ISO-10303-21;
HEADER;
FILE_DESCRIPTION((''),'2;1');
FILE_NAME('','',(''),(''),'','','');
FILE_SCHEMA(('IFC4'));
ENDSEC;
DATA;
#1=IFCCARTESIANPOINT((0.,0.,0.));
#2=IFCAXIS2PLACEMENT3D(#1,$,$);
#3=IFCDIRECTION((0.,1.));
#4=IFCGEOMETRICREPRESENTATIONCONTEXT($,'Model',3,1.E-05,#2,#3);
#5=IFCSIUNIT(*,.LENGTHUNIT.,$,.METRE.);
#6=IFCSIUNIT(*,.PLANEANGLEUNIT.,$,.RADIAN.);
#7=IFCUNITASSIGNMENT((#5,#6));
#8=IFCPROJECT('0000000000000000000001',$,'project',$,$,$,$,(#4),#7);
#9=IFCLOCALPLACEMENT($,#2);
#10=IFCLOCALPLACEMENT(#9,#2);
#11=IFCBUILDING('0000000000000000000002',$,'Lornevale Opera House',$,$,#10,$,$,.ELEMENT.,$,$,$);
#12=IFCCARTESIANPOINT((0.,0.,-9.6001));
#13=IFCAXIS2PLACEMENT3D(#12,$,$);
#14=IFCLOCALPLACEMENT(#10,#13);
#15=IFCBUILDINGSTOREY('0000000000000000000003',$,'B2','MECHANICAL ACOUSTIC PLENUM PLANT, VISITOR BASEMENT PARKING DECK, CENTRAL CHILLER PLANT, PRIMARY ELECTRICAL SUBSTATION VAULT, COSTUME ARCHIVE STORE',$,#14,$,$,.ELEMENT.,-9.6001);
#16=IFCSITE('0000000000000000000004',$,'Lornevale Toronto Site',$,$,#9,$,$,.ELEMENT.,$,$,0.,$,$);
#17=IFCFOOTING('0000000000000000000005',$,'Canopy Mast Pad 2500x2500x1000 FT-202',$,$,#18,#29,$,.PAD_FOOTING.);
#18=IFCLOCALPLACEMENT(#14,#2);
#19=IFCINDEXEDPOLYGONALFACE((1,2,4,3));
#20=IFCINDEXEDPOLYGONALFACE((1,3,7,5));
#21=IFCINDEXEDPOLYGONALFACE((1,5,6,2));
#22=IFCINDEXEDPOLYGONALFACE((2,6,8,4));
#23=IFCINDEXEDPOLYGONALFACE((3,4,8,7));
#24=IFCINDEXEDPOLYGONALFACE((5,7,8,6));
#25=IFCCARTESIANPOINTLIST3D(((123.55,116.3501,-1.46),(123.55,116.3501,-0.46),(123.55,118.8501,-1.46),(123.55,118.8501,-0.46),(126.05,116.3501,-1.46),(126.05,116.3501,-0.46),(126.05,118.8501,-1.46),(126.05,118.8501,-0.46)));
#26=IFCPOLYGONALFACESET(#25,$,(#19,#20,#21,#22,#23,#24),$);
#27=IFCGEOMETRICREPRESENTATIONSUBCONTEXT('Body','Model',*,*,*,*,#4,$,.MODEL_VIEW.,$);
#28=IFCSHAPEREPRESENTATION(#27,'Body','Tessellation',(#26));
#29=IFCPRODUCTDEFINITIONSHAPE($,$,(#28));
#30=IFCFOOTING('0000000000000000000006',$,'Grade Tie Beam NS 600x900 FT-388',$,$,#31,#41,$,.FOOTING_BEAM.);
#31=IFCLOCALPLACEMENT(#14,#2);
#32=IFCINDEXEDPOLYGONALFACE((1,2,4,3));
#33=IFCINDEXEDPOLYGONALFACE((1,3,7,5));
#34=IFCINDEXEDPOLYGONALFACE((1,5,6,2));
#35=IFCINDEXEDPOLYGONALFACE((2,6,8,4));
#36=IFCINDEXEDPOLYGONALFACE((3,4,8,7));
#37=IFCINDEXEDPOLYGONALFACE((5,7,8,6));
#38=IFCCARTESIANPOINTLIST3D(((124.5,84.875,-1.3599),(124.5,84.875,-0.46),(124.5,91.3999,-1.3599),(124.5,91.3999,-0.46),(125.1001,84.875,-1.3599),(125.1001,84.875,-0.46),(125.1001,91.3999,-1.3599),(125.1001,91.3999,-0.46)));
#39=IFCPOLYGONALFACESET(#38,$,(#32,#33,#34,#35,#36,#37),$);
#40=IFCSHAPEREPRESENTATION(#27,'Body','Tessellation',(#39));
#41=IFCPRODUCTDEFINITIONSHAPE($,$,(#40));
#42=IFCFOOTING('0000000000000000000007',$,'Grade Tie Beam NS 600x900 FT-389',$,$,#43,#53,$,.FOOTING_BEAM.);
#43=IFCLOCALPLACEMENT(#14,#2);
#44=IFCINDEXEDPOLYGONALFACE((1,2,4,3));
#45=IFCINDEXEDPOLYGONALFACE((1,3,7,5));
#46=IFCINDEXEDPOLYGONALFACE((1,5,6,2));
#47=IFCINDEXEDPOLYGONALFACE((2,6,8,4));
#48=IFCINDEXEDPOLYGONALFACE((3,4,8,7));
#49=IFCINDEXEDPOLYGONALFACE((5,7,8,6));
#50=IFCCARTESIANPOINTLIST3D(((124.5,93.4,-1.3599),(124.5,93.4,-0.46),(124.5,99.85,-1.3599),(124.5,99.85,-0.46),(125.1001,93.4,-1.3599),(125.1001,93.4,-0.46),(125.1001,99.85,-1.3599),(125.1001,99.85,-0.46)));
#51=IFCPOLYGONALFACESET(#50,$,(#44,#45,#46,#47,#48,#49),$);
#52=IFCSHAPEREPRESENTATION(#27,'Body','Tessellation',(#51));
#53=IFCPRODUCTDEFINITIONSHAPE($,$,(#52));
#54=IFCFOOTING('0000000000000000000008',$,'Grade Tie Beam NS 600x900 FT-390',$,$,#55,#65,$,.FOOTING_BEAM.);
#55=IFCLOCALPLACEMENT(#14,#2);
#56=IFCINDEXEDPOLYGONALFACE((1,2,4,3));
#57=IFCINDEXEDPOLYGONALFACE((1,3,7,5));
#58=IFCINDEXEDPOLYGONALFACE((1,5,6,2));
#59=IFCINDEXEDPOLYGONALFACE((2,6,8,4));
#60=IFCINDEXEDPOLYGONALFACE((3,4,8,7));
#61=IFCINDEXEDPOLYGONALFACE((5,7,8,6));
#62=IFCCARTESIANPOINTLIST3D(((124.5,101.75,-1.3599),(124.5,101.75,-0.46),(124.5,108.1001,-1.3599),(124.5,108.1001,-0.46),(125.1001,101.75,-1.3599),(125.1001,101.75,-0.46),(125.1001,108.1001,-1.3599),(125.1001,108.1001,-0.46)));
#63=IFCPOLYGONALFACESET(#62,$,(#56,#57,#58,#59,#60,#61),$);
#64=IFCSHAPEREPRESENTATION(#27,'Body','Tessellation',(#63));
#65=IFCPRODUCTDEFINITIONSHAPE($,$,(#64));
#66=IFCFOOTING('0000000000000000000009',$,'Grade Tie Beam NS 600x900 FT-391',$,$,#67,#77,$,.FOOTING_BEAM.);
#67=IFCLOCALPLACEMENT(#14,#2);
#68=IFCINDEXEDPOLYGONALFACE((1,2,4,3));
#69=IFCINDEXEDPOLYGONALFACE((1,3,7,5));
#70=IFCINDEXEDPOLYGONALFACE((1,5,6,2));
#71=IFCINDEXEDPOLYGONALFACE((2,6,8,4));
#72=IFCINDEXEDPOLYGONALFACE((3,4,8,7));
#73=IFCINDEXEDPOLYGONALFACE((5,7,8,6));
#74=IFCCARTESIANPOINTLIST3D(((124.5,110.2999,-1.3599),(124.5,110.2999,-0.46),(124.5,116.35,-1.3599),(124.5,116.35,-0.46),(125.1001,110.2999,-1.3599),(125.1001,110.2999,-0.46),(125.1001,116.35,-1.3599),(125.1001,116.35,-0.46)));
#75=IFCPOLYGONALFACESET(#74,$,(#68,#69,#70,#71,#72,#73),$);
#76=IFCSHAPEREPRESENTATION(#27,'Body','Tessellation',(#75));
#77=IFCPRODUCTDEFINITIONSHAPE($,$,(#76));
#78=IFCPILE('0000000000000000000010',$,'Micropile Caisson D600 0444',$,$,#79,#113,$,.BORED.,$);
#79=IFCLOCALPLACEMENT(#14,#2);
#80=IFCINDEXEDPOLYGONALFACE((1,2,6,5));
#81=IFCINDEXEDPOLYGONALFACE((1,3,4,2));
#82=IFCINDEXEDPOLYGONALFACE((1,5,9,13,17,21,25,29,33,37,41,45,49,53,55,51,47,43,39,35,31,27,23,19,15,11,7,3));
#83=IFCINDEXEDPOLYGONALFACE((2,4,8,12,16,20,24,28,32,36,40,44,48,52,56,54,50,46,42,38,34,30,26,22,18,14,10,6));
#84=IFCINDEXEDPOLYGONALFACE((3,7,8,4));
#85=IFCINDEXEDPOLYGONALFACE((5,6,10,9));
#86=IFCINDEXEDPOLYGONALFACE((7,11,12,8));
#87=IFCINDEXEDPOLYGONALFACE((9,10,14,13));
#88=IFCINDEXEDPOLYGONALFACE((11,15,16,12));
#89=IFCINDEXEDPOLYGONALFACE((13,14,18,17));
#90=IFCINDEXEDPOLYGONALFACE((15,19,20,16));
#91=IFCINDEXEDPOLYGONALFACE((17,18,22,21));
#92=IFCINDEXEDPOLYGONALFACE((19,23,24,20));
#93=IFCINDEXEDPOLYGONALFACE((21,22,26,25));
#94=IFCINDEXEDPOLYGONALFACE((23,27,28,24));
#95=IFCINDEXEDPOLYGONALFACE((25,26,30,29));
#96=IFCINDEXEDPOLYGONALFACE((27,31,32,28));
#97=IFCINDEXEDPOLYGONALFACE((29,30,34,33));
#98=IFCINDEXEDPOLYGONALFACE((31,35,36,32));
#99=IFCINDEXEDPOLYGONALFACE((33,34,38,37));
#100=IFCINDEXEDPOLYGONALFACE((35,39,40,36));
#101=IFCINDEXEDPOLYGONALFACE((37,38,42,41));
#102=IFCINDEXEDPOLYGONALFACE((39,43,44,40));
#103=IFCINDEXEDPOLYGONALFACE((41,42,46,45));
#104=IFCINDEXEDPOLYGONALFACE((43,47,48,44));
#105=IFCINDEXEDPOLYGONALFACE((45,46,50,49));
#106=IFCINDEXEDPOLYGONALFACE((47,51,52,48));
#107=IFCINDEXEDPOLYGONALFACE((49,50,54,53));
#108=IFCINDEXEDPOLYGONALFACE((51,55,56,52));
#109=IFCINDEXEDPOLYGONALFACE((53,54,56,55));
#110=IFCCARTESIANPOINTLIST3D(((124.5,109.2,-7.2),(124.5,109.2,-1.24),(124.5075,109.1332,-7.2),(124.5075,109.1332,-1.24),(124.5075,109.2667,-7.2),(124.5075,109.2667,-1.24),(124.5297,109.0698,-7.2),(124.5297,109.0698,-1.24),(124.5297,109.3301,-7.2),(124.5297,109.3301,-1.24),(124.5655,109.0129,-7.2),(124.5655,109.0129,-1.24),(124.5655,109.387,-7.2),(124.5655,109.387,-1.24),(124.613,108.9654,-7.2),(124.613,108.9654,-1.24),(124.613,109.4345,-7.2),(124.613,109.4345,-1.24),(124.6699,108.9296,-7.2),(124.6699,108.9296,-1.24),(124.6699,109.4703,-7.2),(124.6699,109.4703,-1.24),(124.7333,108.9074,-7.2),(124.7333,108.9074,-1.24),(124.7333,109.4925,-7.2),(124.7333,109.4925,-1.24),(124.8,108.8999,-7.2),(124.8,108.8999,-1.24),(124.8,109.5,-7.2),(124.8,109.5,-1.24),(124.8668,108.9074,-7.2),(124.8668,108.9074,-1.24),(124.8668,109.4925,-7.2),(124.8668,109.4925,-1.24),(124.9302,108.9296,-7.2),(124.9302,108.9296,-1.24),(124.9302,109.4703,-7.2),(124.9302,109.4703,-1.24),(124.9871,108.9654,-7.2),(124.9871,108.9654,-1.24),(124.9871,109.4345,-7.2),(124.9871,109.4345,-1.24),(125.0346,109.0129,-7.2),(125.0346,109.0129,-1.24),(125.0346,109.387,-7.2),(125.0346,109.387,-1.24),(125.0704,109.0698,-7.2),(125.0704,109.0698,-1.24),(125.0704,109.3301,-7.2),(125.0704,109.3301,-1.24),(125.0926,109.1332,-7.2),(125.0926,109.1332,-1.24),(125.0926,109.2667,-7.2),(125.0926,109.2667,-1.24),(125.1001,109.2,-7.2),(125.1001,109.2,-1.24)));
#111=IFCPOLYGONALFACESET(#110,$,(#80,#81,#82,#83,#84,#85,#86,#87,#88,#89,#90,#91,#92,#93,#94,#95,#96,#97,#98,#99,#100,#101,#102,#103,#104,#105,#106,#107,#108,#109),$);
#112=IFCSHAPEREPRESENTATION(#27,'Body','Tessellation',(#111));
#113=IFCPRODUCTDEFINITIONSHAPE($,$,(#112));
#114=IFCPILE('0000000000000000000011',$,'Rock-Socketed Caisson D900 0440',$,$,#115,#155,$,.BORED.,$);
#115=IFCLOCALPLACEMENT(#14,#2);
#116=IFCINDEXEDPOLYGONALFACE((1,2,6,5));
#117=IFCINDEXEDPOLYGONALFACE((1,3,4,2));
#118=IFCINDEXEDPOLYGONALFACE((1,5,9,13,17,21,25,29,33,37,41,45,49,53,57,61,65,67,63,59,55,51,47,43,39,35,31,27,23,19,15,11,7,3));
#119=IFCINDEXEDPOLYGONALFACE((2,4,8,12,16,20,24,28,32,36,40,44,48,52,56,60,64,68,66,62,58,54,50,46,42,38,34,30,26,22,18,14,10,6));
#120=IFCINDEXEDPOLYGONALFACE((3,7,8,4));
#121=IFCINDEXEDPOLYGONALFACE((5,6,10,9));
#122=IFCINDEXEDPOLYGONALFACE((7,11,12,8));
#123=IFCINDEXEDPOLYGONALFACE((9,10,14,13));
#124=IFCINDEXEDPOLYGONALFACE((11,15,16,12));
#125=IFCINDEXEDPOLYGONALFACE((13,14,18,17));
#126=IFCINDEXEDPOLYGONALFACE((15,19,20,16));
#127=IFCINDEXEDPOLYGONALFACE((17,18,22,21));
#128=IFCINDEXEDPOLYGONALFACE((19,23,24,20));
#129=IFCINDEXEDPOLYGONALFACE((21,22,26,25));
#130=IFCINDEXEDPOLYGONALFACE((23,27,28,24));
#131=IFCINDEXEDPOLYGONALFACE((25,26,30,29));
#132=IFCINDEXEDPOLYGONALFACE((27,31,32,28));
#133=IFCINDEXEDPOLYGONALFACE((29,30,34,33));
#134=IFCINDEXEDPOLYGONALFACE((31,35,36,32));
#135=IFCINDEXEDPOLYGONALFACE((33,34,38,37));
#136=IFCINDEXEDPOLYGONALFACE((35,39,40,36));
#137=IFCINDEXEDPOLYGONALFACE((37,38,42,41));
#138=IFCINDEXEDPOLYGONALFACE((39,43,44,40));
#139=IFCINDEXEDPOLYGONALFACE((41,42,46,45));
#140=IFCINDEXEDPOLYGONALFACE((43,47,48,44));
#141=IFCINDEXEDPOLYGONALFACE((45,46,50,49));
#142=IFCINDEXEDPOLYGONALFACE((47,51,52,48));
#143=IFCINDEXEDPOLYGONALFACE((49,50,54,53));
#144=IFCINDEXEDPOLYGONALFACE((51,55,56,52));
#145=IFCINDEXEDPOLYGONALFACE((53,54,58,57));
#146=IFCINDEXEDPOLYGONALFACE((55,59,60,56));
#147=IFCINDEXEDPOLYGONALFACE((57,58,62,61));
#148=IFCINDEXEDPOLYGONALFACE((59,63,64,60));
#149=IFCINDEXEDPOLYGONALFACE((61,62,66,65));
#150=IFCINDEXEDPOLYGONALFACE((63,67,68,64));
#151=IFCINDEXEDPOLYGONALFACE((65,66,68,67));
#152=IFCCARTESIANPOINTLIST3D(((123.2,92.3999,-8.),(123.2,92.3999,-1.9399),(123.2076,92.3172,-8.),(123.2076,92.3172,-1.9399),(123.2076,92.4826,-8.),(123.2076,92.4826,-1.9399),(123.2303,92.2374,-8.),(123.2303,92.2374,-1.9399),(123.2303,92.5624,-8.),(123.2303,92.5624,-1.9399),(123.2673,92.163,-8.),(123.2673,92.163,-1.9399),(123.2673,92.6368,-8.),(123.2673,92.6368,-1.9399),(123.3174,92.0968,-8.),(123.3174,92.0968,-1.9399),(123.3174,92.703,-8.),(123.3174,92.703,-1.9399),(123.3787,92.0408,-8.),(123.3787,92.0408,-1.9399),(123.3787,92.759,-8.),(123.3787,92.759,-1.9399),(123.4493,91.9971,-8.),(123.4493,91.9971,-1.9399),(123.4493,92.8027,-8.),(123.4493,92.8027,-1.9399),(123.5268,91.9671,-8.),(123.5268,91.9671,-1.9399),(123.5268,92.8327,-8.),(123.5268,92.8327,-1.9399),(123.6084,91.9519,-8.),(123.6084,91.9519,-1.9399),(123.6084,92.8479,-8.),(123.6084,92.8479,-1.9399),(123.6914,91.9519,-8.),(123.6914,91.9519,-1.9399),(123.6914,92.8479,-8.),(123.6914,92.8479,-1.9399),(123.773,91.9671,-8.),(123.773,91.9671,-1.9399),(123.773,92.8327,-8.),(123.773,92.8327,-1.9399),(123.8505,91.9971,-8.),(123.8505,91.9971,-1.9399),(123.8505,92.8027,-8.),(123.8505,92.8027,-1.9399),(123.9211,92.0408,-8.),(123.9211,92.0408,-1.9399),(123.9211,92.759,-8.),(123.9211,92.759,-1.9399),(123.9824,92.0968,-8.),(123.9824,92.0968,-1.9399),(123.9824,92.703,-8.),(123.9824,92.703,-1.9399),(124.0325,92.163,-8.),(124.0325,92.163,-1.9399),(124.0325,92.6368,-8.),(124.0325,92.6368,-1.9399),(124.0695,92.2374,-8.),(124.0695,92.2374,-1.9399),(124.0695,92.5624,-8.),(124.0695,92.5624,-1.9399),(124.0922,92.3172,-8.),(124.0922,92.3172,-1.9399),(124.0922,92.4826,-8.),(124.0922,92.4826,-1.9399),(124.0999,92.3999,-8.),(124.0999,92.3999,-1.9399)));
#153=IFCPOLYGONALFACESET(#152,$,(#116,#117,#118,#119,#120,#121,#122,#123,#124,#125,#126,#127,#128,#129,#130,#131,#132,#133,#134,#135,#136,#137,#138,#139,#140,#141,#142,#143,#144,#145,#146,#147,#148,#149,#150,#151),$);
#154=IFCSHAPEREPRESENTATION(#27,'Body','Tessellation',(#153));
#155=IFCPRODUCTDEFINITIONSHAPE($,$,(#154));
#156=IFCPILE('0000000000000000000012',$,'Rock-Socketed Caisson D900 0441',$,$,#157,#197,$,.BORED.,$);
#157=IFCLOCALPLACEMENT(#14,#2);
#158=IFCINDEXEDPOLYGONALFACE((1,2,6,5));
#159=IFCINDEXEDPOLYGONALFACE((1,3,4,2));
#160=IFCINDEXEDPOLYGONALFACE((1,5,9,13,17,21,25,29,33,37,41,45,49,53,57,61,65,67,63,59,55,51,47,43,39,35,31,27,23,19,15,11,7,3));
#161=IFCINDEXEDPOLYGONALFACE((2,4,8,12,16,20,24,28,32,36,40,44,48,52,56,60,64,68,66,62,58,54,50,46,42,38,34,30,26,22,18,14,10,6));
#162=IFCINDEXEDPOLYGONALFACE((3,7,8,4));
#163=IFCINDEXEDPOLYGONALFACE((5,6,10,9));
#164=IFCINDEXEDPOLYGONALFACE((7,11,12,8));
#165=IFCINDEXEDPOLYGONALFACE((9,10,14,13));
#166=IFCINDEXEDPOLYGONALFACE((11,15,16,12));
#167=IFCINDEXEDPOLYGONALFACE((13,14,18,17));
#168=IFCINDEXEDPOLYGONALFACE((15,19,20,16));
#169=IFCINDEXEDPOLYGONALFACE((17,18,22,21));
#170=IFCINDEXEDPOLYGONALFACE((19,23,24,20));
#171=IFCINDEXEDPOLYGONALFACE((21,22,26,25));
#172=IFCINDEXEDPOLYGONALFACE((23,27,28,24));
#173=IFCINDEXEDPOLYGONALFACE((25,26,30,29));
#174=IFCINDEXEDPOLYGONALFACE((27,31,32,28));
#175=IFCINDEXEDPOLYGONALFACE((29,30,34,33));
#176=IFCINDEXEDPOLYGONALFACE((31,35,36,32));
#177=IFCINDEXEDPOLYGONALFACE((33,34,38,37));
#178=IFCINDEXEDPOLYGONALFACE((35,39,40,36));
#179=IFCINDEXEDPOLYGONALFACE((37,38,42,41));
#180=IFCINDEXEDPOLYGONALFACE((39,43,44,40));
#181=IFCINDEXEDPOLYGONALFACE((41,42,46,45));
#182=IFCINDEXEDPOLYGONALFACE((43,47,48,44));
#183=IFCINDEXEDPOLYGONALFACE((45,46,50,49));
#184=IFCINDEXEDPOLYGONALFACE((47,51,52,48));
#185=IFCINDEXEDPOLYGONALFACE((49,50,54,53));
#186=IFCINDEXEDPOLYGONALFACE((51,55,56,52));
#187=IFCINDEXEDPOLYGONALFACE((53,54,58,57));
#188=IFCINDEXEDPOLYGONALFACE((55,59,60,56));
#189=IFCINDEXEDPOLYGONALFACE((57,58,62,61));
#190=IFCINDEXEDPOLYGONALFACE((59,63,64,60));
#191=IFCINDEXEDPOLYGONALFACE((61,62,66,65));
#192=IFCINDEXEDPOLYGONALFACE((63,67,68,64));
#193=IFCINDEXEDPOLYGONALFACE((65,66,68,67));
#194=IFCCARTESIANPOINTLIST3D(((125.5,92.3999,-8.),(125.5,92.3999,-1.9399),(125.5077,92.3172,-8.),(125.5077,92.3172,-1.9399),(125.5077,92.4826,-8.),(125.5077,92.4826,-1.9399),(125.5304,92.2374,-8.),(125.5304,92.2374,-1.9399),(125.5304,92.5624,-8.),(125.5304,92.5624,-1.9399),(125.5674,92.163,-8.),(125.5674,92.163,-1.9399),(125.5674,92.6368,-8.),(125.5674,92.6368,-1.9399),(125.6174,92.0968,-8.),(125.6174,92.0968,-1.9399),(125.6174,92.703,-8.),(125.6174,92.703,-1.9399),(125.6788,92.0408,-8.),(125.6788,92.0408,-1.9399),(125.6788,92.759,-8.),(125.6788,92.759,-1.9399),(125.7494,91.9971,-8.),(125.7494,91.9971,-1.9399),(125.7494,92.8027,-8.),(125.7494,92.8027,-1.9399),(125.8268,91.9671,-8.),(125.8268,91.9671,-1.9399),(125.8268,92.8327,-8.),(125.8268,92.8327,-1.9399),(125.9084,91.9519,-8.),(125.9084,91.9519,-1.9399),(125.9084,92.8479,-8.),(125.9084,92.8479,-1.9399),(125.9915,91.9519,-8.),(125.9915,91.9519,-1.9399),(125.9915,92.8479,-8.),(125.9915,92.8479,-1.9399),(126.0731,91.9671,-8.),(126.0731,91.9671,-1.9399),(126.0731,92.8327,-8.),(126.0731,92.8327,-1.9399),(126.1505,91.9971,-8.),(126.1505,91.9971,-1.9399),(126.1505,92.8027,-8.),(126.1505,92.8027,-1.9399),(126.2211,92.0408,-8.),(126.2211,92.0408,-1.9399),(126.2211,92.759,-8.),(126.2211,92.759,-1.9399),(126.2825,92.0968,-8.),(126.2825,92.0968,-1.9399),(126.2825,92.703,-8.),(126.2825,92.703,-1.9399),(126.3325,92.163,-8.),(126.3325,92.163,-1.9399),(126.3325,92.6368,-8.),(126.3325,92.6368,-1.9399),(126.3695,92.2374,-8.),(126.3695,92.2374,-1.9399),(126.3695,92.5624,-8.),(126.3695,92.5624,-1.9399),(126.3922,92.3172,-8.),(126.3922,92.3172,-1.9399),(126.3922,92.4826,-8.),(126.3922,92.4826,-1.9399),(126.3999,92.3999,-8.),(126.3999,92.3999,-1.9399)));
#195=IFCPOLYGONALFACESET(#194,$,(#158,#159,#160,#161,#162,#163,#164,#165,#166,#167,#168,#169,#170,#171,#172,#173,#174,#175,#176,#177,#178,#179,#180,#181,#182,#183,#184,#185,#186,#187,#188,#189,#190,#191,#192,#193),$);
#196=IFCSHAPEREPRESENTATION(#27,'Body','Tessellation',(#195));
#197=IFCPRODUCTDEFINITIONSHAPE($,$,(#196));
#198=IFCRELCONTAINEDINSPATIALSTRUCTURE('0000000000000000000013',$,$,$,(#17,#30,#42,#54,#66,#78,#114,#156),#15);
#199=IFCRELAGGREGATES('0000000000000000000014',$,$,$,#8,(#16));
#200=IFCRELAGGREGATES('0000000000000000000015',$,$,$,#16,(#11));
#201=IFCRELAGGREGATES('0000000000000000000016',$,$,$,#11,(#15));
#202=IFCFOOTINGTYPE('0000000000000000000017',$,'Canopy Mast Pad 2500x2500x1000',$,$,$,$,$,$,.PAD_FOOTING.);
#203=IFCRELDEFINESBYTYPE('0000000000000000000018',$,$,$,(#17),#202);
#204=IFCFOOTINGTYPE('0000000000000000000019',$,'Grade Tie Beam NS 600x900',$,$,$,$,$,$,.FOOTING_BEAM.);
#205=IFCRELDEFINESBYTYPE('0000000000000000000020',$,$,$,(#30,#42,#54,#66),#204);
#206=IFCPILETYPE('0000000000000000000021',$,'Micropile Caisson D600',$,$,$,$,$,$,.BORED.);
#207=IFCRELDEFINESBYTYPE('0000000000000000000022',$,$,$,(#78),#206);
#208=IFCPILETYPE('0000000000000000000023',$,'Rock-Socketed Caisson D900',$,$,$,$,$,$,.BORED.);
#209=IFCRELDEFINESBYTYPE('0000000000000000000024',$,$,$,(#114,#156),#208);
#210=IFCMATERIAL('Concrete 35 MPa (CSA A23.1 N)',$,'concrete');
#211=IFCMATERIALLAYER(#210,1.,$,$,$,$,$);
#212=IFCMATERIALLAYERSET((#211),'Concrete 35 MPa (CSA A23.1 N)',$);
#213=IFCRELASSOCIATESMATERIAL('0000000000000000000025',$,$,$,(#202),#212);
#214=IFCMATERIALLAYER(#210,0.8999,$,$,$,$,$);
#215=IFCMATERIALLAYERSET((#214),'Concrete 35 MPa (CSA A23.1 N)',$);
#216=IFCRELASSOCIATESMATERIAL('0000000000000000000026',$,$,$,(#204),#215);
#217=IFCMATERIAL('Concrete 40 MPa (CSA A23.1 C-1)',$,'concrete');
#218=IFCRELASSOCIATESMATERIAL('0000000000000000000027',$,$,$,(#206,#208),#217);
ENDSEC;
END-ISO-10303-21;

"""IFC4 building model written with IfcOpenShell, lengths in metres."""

from ifc_helpers import new_model, si_unit, direction, frame, origin, origin_2d, place, context, subcontext, project, spatial, rectangle, circle, extrude, material, layer, layer_set, material_profile, profile_set, type_object, element, save


model = new_model("IFC4")

# Units and contexts
model_context = context("Model", 3, precision=1e-05, world=origin(), true_north=direction((0.0, 1.0)))
body_context = subcontext(model_context, "Body", "Model", "MODEL_VIEW")
ifc_project = project(units=[si_unit("LENGTHUNIT", "METRE"), si_unit("PLANEANGLEUNIT", "RADIAN")], contexts=[model_context])

# Site, building, storey
site_placement = place(None, origin())
site = spatial("IfcSite", under=ifc_project, at=site_placement, Name="Lornevale Toronto Site", CompositionType="ELEMENT", RefElevation=0.0)
building_placement = place(site_placement, origin())
building = spatial("IfcBuilding", under=site, at=building_placement, Name="Lornevale Opera House", CompositionType="ELEMENT")
storey_placement = place(building_placement, frame((0.0, 0.0, -9.6001)))
storey = spatial("IfcBuildingStorey", under=building, at=storey_placement, Name="B2", Description="MECHANICAL ACOUSTIC PLENUM PLANT, VISITOR BASEMENT PARKING DECK, CENTRAL CHILLER PLANT, PRIMARY ELECTRICAL SUBSTATION VAULT, COSTUME ARCHIVE STORE", CompositionType="ELEMENT", Elevation=-9.6001)

# Footings
ifc_material_1 = material(Name="Concrete 35 MPa (CSA A23.1 N)", Category="concrete")
ifc_layer_1 = layer(ifc_material_1, 1.0)
ifc_layer_set_1 = layer_set([ifc_layer_1], Name="Concrete 35 MPa (CSA A23.1 N)")
footing_type_1 = type_object("IfcFootingType", Name="Canopy Mast Pad 2500x2500x1000", PredefinedType="PAD_FOOTING", material=ifc_layer_set_1)
footing_1_placement = place(storey_placement, frame((124.8, 117.6001, -1.46), z_axis=(0.0, 0.0, 1.0), x_axis=(1.0, 0.0, 0.0)))
element("IfcFooting", 1, at=footing_1_placement, inside=storey, type_object=footing_type_1, Name="Canopy Mast Pad 2500x2500x1000 FT-202", PredefinedType="PAD_FOOTING", context=body_context, shape_type="SweptSolid", body=[
    extrude(rectangle(XDim=2.5, YDim=2.5, at=origin_2d()), origin(), (0.0, 0.0, 1.0), 1.0),
])
ifc_layer_2 = layer(ifc_material_1, 0.8999)
ifc_layer_set_2 = layer_set([ifc_layer_2], Name="Concrete 35 MPa (CSA A23.1 N)")
footing_type_2 = type_object("IfcFootingType", Name="Grade Tie Beam NS 600x900", PredefinedType="FOOTING_BEAM", material=ifc_layer_set_2)
footing_2_placement = place(storey_placement, frame((124.8, 88.1375, -1.3599), z_axis=(0.0, 0.0, 1.0), x_axis=(1.0, 0.0, 0.0)))
element("IfcFooting", 2, at=footing_2_placement, inside=storey, type_object=footing_type_2, Name="Grade Tie Beam NS 600x900 FT-388", PredefinedType="FOOTING_BEAM", context=body_context, shape_type="SweptSolid", body=[
    extrude(rectangle(XDim=0.6001, YDim=6.5249, at=origin_2d()), origin(), (0.0, 0.0, 1.0), 0.8999),
])
footing_3_placement = place(storey_placement, frame((124.8, 96.625, -1.3599), z_axis=(0.0, 0.0, 1.0), x_axis=(1.0, 0.0, 0.0)))
element("IfcFooting", 3, at=footing_3_placement, inside=storey, type_object=footing_type_2, Name="Grade Tie Beam NS 600x900 FT-389", PredefinedType="FOOTING_BEAM", context=body_context, shape_type="SweptSolid", body=[
    extrude(rectangle(XDim=0.6001, YDim=6.45, at=origin_2d()), origin(), (0.0, 0.0, 1.0), 0.8999),
])
footing_4_placement = place(storey_placement, frame((124.8, 104.925, -1.3599), z_axis=(0.0, 0.0, 1.0), x_axis=(1.0, 0.0, 0.0)))
element("IfcFooting", 4, at=footing_4_placement, inside=storey, type_object=footing_type_2, Name="Grade Tie Beam NS 600x900 FT-390", PredefinedType="FOOTING_BEAM", context=body_context, shape_type="SweptSolid", body=[
    extrude(rectangle(XDim=0.6001, YDim=6.3501, at=origin_2d()), origin(), (0.0, 0.0, 1.0), 0.8999),
])
footing_5_placement = place(storey_placement, frame((124.8, 113.325, -1.3599), z_axis=(0.0, 0.0, 1.0), x_axis=(1.0, 0.0, 0.0)))
element("IfcFooting", 5, at=footing_5_placement, inside=storey, type_object=footing_type_2, Name="Grade Tie Beam NS 600x900 FT-391", PredefinedType="FOOTING_BEAM", context=body_context, shape_type="SweptSolid", body=[
    extrude(rectangle(XDim=0.6001, YDim=6.05, at=origin_2d()), origin(), (0.0, 0.0, 1.0), 0.8999),
])

# Piles
ifc_material_2 = material(Name="Concrete 40 MPa (CSA A23.1 C-1)", Category="concrete")
ifc_material_profile_1 = material_profile(ifc_material_2, circle(Radius=0.3, at=origin_2d()), Name="CAIS600")
ifc_profile_set_1 = profile_set([ifc_material_profile_1], Name="Concrete 40 MPa (CSA A23.1 C-1)")
pile_type_1 = type_object("IfcPileType", Name="Micropile Caisson D600", PredefinedType="BORED", material=ifc_profile_set_1)
pile_placement = place(storey_placement, frame((124.8, 109.2, -1.24), z_axis=(0.0, 0.0, -1.0), x_axis=(1.0, 0.0, 0.0)))
element("IfcPile", 6, at=pile_placement, inside=storey, type_object=pile_type_1, Name="Micropile Caisson D600 0444", PredefinedType="BORED", context=body_context, shape_type="SweptSolid", body=[
    extrude(circle(Radius=0.3, at=origin_2d()), origin(), (0.0, 0.0, 1.0), 5.96),
])
ifc_material_profile_2 = material_profile(ifc_material_2, circle(Radius=0.45, at=origin_2d()), Name="CAIS900")
ifc_profile_set_2 = profile_set([ifc_material_profile_2], Name="Concrete 40 MPa (CSA A23.1 C-1)")
pile_type_2 = type_object("IfcPileType", Name="Rock-Socketed Caisson D900", PredefinedType="BORED", material=ifc_profile_set_2)
for number, where, z_axis, x_axis, name in (
    (7, (123.6499, 92.3999, -1.9399), (0.0, 0.0, -1.0), (1.0, 0.0, 0.0), "Rock-Socketed Caisson D900 0440"),
    (8, (125.95, 92.3999, -1.9399), (0.0, 0.0, -1.0), (1.0, 0.0, 0.0), "Rock-Socketed Caisson D900 0441"),
):
    element("IfcPile", number, at=place(storey_placement, frame(where, z_axis=z_axis, x_axis=x_axis)), inside=storey, type_object=pile_type_2, Name=name, PredefinedType="BORED", context=body_context, shape_type="SweptSolid", body=[
        extrude(circle(Radius=0.45, at=origin_2d()), origin(), (0.0, 0.0, 1.0), 6.0601),
    ])

save(model, "model.ifc")
